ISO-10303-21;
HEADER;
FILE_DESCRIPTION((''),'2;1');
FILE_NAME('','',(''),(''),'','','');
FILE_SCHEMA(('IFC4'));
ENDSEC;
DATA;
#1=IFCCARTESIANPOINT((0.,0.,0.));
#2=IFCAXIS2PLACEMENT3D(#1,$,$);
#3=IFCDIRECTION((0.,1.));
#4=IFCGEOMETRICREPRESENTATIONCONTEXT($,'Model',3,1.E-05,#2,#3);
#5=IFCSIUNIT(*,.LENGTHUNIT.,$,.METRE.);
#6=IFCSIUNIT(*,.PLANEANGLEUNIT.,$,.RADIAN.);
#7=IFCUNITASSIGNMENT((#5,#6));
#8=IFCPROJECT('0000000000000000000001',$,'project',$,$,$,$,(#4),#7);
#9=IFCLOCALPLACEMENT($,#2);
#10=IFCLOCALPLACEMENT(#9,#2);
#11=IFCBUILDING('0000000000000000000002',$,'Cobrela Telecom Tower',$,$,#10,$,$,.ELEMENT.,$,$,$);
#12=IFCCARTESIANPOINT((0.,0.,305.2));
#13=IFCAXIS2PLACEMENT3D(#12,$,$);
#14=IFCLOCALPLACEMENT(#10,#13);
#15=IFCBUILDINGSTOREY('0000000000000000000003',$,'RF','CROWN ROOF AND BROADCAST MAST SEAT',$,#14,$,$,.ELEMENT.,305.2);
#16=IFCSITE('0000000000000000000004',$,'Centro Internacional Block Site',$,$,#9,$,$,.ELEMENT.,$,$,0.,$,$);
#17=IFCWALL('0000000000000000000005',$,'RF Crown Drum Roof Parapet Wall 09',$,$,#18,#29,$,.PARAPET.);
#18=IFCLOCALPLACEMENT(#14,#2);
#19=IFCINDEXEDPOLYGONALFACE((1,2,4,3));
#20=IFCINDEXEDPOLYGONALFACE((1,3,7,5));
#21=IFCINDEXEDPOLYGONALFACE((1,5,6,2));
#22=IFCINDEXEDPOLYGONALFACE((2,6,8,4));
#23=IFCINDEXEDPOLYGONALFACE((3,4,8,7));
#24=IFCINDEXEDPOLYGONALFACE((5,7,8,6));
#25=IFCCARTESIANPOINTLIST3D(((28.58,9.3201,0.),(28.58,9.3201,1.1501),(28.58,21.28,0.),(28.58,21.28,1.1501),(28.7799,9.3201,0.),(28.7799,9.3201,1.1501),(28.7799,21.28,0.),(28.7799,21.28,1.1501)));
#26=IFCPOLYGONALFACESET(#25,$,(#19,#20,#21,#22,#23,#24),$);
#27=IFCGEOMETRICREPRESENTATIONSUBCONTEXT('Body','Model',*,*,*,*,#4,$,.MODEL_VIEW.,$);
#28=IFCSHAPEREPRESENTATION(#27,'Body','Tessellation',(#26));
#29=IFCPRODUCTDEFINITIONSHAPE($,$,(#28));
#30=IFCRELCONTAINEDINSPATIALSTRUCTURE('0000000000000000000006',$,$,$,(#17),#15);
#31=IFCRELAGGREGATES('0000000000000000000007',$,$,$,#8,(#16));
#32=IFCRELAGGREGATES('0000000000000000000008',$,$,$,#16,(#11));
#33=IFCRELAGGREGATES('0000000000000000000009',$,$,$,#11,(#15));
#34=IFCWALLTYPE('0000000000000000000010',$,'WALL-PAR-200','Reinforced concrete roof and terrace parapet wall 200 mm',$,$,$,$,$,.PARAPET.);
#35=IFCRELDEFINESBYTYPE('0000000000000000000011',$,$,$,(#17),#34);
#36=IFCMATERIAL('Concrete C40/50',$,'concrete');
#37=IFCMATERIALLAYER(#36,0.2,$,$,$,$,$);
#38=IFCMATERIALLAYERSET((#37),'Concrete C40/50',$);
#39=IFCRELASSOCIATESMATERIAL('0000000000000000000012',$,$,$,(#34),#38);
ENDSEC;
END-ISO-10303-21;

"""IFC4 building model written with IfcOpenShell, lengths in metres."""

from ifc_helpers import new_model, si_unit, direction, frame, frame_2d, origin, place, context, subcontext, project, spatial, rectangle, extrude, material, layer, layer_set, type_object, element, save


model = new_model("IFC4")

# Units and contexts
model_context = context("Model", 3, precision=1e-05, world=origin(), true_north=direction((0.0, 1.0)))
body_context = subcontext(model_context, "Body", "Model", "MODEL_VIEW")
ifc_project = project(units=[si_unit("LENGTHUNIT", "METRE"), si_unit("PLANEANGLEUNIT", "RADIAN")], contexts=[model_context])

# Site, building, storey
site_placement = place(None, origin())
site = spatial("IfcSite", under=ifc_project, at=site_placement, Name="Centro Internacional Block Site", CompositionType="ELEMENT", RefElevation=0.0)
building_placement = place(site_placement, origin())
building = spatial("IfcBuilding", under=site, at=building_placement, Name="Cobrela Telecom Tower", CompositionType="ELEMENT")
storey_placement = place(building_placement, frame((0.0, 0.0, 305.2)))
storey = spatial("IfcBuildingStorey", under=building, at=storey_placement, Name="RF", Description="CROWN ROOF AND BROADCAST MAST SEAT", CompositionType="ELEMENT", Elevation=305.2)

# Wall
ifc_material_1 = material(Name="Concrete C40/50", Category="concrete")
ifc_layer_1 = layer(ifc_material_1, 0.2)
ifc_layer_set_1 = layer_set([ifc_layer_1], Name="Concrete C40/50")
wall_type = type_object("IfcWallType", Name="WALL-PAR-200", Description="Reinforced concrete roof and terrace parapet wall 200 mm", PredefinedType="PARAPET", material=ifc_layer_set_1)
wall_1_placement = place(storey_placement, frame((28.6799, 21.28, 0.0), z_axis=(0.0, 0.0, 1.0), x_axis=(0.0, -1.0, 0.0)))
element("IfcWall", 1, at=wall_1_placement, inside=storey, type_object=wall_type, Name="RF Crown Drum Roof Parapet Wall 09", PredefinedType="PARAPET", context=body_context, shape_type="SweptSolid", body=[
    extrude(rectangle(XDim=11.96, YDim=0.2, at=frame_2d((5.98, 0.0))), origin(), (0.0, 0.0, 1.0), 1.1501),
])

save(model, "model.ifc")
